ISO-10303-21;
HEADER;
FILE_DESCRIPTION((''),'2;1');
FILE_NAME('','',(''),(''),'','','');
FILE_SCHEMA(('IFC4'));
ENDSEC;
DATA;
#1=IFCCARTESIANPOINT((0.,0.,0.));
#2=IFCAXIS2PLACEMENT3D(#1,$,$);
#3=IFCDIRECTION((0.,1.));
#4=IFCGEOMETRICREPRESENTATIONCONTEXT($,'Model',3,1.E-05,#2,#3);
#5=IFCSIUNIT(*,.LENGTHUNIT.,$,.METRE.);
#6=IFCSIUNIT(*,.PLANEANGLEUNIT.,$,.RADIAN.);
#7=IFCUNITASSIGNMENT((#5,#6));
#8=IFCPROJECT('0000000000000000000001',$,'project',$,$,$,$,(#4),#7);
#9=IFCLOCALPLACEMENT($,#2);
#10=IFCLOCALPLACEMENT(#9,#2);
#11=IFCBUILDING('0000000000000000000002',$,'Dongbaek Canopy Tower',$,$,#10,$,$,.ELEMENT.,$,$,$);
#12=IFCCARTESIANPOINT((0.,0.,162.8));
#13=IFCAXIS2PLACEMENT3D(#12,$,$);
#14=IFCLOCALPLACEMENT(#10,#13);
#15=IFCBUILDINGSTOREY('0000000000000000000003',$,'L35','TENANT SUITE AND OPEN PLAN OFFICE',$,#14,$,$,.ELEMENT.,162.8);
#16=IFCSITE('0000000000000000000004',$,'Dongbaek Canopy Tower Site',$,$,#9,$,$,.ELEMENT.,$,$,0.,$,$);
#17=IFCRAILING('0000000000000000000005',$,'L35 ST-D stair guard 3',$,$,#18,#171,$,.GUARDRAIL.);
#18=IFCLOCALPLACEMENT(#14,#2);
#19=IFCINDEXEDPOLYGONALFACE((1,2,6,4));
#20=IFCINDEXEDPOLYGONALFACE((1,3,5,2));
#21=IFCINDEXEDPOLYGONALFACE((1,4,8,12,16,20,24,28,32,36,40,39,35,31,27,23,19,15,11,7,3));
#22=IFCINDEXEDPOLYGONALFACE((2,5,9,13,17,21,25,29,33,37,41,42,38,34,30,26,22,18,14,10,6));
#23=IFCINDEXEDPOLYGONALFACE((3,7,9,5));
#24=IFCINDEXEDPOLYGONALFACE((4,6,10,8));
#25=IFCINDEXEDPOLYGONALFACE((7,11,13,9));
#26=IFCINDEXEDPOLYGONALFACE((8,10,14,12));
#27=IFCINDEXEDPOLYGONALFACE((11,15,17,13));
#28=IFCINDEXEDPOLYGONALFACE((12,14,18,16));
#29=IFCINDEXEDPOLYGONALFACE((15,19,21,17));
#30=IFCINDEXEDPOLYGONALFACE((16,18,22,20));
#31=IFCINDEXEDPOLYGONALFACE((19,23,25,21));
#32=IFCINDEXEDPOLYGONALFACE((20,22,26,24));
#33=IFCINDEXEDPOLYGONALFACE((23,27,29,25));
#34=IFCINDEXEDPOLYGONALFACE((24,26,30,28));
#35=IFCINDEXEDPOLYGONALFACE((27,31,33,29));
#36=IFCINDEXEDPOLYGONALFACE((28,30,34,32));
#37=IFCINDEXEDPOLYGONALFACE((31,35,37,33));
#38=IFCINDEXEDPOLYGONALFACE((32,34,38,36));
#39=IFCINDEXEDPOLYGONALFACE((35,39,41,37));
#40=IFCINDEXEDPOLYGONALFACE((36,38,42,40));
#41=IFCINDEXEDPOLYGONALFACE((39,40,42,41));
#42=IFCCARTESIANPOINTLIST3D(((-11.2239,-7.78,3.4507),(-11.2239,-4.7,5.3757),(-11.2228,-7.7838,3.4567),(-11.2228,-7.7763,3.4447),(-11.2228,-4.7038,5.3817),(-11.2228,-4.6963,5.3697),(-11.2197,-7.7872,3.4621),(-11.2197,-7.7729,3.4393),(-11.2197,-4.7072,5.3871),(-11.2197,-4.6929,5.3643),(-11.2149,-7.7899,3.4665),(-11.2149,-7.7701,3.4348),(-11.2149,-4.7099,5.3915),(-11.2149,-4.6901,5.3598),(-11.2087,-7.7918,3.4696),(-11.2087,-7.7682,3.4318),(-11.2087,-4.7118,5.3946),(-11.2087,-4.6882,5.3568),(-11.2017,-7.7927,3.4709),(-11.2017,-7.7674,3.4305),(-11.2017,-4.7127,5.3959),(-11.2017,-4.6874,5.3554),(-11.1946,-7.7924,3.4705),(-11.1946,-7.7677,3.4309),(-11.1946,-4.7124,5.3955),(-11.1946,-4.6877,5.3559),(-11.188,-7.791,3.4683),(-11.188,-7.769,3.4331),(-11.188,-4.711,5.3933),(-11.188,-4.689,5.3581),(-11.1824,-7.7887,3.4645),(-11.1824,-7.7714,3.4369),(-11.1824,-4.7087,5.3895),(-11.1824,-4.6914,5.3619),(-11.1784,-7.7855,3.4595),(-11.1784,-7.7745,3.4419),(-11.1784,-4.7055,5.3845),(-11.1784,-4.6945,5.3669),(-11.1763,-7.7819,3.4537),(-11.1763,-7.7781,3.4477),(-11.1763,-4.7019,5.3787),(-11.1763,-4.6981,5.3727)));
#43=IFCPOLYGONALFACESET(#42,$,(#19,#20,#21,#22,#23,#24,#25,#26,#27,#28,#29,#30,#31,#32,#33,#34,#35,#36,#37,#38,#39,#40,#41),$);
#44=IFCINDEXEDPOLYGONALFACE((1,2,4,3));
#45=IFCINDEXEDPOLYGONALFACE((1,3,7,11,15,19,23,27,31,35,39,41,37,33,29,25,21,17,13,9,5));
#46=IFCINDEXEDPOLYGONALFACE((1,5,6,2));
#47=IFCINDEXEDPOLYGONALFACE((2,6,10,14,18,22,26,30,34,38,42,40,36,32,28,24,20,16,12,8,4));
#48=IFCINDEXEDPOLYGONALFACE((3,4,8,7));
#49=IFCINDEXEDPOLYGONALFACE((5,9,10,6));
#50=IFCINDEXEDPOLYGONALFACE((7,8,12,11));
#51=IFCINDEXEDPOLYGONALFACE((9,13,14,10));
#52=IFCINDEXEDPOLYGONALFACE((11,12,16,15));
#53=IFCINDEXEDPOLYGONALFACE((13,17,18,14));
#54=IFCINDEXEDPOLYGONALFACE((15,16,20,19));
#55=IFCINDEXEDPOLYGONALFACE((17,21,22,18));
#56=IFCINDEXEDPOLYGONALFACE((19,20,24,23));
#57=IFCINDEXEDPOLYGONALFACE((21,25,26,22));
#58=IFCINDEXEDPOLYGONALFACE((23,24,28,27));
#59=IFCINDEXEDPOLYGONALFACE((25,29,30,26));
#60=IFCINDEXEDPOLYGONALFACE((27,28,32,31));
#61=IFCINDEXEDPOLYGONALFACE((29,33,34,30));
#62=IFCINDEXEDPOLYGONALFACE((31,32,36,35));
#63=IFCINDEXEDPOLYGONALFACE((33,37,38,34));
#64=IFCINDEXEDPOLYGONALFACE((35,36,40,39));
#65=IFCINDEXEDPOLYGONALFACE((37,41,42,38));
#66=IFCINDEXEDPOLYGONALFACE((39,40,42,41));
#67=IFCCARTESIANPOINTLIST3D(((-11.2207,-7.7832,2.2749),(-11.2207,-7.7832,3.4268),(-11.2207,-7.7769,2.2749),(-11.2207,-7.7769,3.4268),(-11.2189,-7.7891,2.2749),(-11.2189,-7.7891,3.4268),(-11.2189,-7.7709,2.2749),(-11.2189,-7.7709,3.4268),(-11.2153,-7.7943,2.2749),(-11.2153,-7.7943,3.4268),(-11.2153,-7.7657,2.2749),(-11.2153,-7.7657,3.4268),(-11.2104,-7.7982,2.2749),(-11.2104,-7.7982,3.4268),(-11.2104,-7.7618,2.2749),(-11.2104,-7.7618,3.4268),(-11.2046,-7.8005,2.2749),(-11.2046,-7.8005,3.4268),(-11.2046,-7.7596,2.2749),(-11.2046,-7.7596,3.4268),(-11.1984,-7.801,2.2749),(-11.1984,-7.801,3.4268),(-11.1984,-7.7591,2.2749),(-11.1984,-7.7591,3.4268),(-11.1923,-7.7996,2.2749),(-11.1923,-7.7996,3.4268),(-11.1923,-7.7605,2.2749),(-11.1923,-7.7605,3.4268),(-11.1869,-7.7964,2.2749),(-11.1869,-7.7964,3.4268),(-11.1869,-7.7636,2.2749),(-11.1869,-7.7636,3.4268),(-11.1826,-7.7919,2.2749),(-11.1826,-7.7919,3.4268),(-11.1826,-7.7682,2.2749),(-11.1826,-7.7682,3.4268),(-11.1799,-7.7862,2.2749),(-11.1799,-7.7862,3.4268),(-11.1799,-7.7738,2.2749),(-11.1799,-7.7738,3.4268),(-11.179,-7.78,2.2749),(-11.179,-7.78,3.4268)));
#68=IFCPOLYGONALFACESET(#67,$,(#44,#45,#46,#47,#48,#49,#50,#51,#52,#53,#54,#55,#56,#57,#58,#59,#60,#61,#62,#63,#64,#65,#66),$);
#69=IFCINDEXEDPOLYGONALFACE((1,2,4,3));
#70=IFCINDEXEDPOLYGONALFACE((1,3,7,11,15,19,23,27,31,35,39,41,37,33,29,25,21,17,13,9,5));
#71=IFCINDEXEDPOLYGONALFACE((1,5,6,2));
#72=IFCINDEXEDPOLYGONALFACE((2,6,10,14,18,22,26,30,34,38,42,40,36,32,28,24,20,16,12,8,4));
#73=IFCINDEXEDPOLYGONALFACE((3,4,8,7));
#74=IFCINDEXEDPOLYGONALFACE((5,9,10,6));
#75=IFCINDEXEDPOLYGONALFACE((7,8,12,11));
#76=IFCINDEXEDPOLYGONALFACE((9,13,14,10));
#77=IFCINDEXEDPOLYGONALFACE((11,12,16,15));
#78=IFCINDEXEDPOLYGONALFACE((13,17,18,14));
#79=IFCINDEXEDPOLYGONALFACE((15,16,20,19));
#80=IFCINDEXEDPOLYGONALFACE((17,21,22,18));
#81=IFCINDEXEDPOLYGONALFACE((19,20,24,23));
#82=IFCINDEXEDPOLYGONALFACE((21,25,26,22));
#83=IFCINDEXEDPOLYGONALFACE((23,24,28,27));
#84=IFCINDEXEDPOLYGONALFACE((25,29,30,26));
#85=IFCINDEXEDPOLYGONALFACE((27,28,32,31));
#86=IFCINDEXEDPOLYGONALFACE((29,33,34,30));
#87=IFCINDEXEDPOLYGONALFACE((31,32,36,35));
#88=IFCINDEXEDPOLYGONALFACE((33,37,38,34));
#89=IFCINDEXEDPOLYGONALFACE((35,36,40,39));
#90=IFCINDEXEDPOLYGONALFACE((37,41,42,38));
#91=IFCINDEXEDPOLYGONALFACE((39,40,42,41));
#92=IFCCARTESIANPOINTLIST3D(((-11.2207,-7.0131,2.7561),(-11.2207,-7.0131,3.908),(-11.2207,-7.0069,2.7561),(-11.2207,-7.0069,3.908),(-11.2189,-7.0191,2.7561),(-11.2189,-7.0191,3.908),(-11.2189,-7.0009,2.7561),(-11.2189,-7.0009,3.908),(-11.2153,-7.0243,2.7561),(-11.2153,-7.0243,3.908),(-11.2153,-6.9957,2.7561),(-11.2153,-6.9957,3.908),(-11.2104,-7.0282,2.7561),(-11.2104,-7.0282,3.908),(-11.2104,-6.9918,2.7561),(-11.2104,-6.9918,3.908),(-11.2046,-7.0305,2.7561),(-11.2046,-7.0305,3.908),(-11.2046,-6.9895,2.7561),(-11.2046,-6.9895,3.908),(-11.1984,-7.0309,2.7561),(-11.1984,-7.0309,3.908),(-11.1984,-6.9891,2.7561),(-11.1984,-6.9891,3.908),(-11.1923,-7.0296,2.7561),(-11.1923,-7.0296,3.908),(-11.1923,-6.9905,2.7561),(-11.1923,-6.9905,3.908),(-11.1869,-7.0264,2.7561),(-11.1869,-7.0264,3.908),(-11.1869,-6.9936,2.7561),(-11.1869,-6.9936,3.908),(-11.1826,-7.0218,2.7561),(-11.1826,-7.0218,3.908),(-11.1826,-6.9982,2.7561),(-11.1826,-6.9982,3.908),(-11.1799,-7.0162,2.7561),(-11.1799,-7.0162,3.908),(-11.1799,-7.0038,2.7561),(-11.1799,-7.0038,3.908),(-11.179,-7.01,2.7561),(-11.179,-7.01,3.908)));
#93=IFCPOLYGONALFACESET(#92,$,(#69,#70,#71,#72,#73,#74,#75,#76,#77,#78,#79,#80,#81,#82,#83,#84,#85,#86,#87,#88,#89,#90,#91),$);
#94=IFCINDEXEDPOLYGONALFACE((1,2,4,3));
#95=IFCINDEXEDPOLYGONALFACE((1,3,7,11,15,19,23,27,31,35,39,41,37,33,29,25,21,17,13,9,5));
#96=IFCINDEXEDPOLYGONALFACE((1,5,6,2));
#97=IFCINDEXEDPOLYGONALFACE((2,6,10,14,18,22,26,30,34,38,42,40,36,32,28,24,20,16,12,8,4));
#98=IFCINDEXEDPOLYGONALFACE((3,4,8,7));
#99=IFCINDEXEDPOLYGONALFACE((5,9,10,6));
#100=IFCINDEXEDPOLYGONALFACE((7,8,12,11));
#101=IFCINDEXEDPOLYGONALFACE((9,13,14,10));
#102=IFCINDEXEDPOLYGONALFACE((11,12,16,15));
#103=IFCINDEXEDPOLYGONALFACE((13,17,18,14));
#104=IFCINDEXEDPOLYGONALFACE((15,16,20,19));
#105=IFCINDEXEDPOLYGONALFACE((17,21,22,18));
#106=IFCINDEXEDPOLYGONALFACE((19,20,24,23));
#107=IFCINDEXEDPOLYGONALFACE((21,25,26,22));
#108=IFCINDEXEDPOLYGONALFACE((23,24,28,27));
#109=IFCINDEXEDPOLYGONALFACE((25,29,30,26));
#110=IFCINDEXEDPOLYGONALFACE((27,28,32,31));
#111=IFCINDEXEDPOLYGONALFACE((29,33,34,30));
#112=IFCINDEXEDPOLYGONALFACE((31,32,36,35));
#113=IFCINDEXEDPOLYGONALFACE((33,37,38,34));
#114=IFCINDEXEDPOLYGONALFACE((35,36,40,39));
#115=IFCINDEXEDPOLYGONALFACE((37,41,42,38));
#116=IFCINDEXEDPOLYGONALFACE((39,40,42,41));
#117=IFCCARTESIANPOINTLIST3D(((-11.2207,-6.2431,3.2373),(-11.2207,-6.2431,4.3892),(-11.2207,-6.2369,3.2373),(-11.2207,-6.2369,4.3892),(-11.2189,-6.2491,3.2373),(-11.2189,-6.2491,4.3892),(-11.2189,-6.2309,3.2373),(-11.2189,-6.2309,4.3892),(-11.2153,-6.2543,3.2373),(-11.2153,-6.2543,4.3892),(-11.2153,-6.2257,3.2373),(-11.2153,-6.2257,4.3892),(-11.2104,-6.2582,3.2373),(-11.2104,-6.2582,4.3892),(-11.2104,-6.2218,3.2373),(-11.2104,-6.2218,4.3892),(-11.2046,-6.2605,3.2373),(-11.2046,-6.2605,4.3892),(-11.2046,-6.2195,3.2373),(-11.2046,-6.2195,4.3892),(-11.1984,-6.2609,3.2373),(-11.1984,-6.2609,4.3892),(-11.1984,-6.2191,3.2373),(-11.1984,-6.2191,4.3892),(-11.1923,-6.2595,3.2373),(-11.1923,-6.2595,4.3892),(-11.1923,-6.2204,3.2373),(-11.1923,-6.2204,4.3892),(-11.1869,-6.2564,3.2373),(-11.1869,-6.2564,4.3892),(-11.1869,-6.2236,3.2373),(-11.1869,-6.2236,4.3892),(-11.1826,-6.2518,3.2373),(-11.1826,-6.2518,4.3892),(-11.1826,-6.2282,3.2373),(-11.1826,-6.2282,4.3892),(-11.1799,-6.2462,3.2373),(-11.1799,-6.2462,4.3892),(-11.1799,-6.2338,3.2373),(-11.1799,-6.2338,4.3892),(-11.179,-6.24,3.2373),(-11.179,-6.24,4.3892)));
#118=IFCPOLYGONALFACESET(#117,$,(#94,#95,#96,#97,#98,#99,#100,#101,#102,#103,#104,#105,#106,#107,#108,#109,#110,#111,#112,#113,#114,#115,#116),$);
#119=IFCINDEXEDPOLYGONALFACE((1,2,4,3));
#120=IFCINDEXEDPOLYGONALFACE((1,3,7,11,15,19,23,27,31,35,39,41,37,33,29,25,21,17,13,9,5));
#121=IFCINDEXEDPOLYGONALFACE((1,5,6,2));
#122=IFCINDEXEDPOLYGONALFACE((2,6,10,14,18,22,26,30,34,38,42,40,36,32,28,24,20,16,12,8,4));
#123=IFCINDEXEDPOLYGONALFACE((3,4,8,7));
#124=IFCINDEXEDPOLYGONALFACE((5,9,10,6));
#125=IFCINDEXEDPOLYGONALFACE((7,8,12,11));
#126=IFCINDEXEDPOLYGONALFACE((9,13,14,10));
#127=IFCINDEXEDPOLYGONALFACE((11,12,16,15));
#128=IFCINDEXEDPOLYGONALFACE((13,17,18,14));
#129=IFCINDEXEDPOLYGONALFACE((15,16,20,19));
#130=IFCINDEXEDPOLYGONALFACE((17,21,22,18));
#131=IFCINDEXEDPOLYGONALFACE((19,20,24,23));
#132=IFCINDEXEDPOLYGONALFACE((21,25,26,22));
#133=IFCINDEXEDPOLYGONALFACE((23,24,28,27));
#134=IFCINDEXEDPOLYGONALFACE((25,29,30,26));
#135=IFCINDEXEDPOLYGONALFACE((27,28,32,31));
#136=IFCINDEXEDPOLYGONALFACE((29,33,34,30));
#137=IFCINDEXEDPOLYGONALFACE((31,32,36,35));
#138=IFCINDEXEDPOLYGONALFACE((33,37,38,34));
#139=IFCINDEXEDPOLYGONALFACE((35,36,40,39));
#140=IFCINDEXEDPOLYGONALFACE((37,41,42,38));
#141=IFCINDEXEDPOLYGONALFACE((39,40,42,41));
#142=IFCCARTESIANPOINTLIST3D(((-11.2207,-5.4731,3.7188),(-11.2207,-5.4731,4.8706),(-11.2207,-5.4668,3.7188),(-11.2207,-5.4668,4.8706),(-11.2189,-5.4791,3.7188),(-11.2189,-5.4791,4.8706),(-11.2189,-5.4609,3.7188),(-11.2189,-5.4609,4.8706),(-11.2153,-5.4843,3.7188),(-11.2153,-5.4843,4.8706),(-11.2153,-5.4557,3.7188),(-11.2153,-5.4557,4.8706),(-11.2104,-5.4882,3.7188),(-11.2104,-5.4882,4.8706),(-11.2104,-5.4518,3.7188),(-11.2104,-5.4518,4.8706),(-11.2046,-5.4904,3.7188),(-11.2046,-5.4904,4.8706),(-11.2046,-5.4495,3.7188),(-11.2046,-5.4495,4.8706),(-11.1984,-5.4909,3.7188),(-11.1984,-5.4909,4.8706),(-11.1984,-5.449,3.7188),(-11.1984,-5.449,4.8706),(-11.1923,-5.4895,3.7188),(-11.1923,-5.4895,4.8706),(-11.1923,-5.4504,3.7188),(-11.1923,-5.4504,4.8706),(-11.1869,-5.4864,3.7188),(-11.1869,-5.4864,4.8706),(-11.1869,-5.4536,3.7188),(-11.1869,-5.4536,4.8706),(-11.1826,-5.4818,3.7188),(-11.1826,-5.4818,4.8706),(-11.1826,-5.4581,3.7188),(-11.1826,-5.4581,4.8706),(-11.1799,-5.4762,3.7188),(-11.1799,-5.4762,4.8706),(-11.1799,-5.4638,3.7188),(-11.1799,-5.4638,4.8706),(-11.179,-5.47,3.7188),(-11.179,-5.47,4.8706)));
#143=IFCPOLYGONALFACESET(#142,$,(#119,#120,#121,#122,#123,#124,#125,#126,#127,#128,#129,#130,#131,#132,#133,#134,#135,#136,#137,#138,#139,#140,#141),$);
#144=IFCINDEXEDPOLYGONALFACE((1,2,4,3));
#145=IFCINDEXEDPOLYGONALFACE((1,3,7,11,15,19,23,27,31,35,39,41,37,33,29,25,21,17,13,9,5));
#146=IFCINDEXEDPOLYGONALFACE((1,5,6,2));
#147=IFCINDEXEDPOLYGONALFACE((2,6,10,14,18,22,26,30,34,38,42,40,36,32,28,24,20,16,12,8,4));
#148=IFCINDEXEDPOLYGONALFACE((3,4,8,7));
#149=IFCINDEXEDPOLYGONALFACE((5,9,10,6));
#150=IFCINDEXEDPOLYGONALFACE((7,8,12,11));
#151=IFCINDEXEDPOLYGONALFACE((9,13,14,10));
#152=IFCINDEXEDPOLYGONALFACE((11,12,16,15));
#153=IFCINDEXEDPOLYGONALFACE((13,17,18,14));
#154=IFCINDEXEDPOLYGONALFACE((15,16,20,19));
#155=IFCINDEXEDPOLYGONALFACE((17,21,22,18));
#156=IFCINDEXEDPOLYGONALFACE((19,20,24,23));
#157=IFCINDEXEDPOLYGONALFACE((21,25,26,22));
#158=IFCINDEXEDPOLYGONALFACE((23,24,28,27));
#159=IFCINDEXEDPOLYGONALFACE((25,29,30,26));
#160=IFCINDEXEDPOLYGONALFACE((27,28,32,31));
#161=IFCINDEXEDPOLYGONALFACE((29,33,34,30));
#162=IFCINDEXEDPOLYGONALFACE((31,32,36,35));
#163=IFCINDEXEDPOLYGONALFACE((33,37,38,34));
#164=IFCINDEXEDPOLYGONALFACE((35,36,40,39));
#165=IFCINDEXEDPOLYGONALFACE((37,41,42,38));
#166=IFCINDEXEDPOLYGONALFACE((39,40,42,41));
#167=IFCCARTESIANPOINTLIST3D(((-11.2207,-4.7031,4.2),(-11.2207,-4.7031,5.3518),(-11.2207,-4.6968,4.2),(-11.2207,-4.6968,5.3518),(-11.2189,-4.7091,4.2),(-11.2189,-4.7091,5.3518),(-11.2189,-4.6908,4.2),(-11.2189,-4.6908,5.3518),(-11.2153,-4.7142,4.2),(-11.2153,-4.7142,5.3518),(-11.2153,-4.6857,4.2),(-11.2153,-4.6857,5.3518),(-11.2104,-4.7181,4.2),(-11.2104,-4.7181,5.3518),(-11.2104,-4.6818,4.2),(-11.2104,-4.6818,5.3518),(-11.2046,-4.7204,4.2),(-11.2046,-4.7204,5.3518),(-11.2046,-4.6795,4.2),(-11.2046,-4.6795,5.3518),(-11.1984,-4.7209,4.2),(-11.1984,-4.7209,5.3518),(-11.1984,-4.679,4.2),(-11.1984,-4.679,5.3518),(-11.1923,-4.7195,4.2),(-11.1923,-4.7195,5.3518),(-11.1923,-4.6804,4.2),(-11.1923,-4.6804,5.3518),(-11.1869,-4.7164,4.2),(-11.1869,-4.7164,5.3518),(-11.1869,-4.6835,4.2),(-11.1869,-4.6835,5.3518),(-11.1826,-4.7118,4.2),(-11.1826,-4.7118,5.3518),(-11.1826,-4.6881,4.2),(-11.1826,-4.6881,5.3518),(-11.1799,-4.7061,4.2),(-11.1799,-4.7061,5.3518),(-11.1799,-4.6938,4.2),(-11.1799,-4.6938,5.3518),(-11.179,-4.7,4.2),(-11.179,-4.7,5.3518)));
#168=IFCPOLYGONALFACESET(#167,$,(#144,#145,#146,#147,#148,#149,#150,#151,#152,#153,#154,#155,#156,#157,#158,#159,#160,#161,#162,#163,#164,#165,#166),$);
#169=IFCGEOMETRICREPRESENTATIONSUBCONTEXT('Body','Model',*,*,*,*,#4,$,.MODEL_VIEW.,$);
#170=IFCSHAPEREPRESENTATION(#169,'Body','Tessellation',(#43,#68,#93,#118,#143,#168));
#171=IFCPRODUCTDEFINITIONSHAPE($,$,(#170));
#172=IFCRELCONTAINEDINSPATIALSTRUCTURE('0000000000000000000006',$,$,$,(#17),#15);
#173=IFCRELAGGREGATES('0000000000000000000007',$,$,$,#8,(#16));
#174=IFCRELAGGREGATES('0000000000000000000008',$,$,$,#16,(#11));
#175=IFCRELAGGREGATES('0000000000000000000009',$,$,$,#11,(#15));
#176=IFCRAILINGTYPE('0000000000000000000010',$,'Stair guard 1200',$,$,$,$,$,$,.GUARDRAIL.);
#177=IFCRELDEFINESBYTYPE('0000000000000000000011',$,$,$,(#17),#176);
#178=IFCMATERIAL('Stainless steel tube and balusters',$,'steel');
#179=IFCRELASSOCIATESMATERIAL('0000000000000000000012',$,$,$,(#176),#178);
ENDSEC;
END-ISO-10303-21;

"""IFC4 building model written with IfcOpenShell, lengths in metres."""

from ifc_helpers import new_model, si_unit, direction, frame, origin, origin_2d, place, context, subcontext, project, spatial, circle, extrude, material, type_object, element, save


model = new_model("IFC4")

# Units and contexts
model_context = context("Model", 3, precision=1e-05, world=origin(), true_north=direction((0.0, 1.0)))
body_context = subcontext(model_context, "Body", "Model", "MODEL_VIEW")
ifc_project = project(units=[si_unit("LENGTHUNIT", "METRE"), si_unit("PLANEANGLEUNIT", "RADIAN")], contexts=[model_context])

# Site, building, storey
site_placement = place(None, origin())
site = spatial("IfcSite", under=ifc_project, at=site_placement, Name="Dongbaek Canopy Tower Site", CompositionType="ELEMENT", RefElevation=0.0)
building_placement = place(site_placement, origin())
building = spatial("IfcBuilding", under=site, at=building_placement, Name="Dongbaek Canopy Tower", CompositionType="ELEMENT")
storey_placement = place(building_placement, frame((0.0, 0.0, 162.8)))
storey = spatial("IfcBuildingStorey", under=building, at=storey_placement, Name="L35", Description="TENANT SUITE AND OPEN PLAN OFFICE", CompositionType="ELEMENT", Elevation=162.8)

# Railing
ifc_material_1 = material(Name="Stainless steel tube and balusters", Category="steel")
railing_type_1 = type_object("IfcRailingType", Name="Stair guard 1200", PredefinedType="GUARDRAIL", material=ifc_material_1)
railing_1_placement = place(storey_placement, frame((-11.2, -7.78, 2.2749)))
element("IfcRailing", 1, at=railing_1_placement, inside=storey, type_object=railing_type_1, Name="L35 ST-D stair guard 3", PredefinedType="GUARDRAIL", context=body_context, shape_type="SweptSolid", body=[
    extrude(circle(Radius=0.0239, at=origin_2d()), frame((0.0, 0.0, 1.1758), z_axis=(0.0, 0.847998, 0.529999), x_axis=(-1.0, 0.0, 0.0)), (0.0, 0.0, 1.0), 3.6321),
    extrude(circle(Radius=0.021, at=origin_2d()), origin(), (0.0, 0.0, 1.0), 1.1519),
    extrude(circle(Radius=0.021, at=origin_2d()), frame((0.0, 0.77, 0.4812)), (0.0, 0.0, 1.0), 1.1519),
    extrude(circle(Radius=0.021, at=origin_2d()), frame((0.0, 1.54, 0.9624)), (0.0, 0.0, 1.0), 1.1519),
    extrude(circle(Radius=0.021, at=origin_2d()), frame((0.0, 2.3101, 1.4438)), (0.0, 0.0, 1.0), 1.1519),
    extrude(circle(Radius=0.021, at=origin_2d()), frame((0.0, 3.0801, 1.925)), (0.0, 0.0, 1.0), 1.1519),
])

save(model, "model.ifc")
